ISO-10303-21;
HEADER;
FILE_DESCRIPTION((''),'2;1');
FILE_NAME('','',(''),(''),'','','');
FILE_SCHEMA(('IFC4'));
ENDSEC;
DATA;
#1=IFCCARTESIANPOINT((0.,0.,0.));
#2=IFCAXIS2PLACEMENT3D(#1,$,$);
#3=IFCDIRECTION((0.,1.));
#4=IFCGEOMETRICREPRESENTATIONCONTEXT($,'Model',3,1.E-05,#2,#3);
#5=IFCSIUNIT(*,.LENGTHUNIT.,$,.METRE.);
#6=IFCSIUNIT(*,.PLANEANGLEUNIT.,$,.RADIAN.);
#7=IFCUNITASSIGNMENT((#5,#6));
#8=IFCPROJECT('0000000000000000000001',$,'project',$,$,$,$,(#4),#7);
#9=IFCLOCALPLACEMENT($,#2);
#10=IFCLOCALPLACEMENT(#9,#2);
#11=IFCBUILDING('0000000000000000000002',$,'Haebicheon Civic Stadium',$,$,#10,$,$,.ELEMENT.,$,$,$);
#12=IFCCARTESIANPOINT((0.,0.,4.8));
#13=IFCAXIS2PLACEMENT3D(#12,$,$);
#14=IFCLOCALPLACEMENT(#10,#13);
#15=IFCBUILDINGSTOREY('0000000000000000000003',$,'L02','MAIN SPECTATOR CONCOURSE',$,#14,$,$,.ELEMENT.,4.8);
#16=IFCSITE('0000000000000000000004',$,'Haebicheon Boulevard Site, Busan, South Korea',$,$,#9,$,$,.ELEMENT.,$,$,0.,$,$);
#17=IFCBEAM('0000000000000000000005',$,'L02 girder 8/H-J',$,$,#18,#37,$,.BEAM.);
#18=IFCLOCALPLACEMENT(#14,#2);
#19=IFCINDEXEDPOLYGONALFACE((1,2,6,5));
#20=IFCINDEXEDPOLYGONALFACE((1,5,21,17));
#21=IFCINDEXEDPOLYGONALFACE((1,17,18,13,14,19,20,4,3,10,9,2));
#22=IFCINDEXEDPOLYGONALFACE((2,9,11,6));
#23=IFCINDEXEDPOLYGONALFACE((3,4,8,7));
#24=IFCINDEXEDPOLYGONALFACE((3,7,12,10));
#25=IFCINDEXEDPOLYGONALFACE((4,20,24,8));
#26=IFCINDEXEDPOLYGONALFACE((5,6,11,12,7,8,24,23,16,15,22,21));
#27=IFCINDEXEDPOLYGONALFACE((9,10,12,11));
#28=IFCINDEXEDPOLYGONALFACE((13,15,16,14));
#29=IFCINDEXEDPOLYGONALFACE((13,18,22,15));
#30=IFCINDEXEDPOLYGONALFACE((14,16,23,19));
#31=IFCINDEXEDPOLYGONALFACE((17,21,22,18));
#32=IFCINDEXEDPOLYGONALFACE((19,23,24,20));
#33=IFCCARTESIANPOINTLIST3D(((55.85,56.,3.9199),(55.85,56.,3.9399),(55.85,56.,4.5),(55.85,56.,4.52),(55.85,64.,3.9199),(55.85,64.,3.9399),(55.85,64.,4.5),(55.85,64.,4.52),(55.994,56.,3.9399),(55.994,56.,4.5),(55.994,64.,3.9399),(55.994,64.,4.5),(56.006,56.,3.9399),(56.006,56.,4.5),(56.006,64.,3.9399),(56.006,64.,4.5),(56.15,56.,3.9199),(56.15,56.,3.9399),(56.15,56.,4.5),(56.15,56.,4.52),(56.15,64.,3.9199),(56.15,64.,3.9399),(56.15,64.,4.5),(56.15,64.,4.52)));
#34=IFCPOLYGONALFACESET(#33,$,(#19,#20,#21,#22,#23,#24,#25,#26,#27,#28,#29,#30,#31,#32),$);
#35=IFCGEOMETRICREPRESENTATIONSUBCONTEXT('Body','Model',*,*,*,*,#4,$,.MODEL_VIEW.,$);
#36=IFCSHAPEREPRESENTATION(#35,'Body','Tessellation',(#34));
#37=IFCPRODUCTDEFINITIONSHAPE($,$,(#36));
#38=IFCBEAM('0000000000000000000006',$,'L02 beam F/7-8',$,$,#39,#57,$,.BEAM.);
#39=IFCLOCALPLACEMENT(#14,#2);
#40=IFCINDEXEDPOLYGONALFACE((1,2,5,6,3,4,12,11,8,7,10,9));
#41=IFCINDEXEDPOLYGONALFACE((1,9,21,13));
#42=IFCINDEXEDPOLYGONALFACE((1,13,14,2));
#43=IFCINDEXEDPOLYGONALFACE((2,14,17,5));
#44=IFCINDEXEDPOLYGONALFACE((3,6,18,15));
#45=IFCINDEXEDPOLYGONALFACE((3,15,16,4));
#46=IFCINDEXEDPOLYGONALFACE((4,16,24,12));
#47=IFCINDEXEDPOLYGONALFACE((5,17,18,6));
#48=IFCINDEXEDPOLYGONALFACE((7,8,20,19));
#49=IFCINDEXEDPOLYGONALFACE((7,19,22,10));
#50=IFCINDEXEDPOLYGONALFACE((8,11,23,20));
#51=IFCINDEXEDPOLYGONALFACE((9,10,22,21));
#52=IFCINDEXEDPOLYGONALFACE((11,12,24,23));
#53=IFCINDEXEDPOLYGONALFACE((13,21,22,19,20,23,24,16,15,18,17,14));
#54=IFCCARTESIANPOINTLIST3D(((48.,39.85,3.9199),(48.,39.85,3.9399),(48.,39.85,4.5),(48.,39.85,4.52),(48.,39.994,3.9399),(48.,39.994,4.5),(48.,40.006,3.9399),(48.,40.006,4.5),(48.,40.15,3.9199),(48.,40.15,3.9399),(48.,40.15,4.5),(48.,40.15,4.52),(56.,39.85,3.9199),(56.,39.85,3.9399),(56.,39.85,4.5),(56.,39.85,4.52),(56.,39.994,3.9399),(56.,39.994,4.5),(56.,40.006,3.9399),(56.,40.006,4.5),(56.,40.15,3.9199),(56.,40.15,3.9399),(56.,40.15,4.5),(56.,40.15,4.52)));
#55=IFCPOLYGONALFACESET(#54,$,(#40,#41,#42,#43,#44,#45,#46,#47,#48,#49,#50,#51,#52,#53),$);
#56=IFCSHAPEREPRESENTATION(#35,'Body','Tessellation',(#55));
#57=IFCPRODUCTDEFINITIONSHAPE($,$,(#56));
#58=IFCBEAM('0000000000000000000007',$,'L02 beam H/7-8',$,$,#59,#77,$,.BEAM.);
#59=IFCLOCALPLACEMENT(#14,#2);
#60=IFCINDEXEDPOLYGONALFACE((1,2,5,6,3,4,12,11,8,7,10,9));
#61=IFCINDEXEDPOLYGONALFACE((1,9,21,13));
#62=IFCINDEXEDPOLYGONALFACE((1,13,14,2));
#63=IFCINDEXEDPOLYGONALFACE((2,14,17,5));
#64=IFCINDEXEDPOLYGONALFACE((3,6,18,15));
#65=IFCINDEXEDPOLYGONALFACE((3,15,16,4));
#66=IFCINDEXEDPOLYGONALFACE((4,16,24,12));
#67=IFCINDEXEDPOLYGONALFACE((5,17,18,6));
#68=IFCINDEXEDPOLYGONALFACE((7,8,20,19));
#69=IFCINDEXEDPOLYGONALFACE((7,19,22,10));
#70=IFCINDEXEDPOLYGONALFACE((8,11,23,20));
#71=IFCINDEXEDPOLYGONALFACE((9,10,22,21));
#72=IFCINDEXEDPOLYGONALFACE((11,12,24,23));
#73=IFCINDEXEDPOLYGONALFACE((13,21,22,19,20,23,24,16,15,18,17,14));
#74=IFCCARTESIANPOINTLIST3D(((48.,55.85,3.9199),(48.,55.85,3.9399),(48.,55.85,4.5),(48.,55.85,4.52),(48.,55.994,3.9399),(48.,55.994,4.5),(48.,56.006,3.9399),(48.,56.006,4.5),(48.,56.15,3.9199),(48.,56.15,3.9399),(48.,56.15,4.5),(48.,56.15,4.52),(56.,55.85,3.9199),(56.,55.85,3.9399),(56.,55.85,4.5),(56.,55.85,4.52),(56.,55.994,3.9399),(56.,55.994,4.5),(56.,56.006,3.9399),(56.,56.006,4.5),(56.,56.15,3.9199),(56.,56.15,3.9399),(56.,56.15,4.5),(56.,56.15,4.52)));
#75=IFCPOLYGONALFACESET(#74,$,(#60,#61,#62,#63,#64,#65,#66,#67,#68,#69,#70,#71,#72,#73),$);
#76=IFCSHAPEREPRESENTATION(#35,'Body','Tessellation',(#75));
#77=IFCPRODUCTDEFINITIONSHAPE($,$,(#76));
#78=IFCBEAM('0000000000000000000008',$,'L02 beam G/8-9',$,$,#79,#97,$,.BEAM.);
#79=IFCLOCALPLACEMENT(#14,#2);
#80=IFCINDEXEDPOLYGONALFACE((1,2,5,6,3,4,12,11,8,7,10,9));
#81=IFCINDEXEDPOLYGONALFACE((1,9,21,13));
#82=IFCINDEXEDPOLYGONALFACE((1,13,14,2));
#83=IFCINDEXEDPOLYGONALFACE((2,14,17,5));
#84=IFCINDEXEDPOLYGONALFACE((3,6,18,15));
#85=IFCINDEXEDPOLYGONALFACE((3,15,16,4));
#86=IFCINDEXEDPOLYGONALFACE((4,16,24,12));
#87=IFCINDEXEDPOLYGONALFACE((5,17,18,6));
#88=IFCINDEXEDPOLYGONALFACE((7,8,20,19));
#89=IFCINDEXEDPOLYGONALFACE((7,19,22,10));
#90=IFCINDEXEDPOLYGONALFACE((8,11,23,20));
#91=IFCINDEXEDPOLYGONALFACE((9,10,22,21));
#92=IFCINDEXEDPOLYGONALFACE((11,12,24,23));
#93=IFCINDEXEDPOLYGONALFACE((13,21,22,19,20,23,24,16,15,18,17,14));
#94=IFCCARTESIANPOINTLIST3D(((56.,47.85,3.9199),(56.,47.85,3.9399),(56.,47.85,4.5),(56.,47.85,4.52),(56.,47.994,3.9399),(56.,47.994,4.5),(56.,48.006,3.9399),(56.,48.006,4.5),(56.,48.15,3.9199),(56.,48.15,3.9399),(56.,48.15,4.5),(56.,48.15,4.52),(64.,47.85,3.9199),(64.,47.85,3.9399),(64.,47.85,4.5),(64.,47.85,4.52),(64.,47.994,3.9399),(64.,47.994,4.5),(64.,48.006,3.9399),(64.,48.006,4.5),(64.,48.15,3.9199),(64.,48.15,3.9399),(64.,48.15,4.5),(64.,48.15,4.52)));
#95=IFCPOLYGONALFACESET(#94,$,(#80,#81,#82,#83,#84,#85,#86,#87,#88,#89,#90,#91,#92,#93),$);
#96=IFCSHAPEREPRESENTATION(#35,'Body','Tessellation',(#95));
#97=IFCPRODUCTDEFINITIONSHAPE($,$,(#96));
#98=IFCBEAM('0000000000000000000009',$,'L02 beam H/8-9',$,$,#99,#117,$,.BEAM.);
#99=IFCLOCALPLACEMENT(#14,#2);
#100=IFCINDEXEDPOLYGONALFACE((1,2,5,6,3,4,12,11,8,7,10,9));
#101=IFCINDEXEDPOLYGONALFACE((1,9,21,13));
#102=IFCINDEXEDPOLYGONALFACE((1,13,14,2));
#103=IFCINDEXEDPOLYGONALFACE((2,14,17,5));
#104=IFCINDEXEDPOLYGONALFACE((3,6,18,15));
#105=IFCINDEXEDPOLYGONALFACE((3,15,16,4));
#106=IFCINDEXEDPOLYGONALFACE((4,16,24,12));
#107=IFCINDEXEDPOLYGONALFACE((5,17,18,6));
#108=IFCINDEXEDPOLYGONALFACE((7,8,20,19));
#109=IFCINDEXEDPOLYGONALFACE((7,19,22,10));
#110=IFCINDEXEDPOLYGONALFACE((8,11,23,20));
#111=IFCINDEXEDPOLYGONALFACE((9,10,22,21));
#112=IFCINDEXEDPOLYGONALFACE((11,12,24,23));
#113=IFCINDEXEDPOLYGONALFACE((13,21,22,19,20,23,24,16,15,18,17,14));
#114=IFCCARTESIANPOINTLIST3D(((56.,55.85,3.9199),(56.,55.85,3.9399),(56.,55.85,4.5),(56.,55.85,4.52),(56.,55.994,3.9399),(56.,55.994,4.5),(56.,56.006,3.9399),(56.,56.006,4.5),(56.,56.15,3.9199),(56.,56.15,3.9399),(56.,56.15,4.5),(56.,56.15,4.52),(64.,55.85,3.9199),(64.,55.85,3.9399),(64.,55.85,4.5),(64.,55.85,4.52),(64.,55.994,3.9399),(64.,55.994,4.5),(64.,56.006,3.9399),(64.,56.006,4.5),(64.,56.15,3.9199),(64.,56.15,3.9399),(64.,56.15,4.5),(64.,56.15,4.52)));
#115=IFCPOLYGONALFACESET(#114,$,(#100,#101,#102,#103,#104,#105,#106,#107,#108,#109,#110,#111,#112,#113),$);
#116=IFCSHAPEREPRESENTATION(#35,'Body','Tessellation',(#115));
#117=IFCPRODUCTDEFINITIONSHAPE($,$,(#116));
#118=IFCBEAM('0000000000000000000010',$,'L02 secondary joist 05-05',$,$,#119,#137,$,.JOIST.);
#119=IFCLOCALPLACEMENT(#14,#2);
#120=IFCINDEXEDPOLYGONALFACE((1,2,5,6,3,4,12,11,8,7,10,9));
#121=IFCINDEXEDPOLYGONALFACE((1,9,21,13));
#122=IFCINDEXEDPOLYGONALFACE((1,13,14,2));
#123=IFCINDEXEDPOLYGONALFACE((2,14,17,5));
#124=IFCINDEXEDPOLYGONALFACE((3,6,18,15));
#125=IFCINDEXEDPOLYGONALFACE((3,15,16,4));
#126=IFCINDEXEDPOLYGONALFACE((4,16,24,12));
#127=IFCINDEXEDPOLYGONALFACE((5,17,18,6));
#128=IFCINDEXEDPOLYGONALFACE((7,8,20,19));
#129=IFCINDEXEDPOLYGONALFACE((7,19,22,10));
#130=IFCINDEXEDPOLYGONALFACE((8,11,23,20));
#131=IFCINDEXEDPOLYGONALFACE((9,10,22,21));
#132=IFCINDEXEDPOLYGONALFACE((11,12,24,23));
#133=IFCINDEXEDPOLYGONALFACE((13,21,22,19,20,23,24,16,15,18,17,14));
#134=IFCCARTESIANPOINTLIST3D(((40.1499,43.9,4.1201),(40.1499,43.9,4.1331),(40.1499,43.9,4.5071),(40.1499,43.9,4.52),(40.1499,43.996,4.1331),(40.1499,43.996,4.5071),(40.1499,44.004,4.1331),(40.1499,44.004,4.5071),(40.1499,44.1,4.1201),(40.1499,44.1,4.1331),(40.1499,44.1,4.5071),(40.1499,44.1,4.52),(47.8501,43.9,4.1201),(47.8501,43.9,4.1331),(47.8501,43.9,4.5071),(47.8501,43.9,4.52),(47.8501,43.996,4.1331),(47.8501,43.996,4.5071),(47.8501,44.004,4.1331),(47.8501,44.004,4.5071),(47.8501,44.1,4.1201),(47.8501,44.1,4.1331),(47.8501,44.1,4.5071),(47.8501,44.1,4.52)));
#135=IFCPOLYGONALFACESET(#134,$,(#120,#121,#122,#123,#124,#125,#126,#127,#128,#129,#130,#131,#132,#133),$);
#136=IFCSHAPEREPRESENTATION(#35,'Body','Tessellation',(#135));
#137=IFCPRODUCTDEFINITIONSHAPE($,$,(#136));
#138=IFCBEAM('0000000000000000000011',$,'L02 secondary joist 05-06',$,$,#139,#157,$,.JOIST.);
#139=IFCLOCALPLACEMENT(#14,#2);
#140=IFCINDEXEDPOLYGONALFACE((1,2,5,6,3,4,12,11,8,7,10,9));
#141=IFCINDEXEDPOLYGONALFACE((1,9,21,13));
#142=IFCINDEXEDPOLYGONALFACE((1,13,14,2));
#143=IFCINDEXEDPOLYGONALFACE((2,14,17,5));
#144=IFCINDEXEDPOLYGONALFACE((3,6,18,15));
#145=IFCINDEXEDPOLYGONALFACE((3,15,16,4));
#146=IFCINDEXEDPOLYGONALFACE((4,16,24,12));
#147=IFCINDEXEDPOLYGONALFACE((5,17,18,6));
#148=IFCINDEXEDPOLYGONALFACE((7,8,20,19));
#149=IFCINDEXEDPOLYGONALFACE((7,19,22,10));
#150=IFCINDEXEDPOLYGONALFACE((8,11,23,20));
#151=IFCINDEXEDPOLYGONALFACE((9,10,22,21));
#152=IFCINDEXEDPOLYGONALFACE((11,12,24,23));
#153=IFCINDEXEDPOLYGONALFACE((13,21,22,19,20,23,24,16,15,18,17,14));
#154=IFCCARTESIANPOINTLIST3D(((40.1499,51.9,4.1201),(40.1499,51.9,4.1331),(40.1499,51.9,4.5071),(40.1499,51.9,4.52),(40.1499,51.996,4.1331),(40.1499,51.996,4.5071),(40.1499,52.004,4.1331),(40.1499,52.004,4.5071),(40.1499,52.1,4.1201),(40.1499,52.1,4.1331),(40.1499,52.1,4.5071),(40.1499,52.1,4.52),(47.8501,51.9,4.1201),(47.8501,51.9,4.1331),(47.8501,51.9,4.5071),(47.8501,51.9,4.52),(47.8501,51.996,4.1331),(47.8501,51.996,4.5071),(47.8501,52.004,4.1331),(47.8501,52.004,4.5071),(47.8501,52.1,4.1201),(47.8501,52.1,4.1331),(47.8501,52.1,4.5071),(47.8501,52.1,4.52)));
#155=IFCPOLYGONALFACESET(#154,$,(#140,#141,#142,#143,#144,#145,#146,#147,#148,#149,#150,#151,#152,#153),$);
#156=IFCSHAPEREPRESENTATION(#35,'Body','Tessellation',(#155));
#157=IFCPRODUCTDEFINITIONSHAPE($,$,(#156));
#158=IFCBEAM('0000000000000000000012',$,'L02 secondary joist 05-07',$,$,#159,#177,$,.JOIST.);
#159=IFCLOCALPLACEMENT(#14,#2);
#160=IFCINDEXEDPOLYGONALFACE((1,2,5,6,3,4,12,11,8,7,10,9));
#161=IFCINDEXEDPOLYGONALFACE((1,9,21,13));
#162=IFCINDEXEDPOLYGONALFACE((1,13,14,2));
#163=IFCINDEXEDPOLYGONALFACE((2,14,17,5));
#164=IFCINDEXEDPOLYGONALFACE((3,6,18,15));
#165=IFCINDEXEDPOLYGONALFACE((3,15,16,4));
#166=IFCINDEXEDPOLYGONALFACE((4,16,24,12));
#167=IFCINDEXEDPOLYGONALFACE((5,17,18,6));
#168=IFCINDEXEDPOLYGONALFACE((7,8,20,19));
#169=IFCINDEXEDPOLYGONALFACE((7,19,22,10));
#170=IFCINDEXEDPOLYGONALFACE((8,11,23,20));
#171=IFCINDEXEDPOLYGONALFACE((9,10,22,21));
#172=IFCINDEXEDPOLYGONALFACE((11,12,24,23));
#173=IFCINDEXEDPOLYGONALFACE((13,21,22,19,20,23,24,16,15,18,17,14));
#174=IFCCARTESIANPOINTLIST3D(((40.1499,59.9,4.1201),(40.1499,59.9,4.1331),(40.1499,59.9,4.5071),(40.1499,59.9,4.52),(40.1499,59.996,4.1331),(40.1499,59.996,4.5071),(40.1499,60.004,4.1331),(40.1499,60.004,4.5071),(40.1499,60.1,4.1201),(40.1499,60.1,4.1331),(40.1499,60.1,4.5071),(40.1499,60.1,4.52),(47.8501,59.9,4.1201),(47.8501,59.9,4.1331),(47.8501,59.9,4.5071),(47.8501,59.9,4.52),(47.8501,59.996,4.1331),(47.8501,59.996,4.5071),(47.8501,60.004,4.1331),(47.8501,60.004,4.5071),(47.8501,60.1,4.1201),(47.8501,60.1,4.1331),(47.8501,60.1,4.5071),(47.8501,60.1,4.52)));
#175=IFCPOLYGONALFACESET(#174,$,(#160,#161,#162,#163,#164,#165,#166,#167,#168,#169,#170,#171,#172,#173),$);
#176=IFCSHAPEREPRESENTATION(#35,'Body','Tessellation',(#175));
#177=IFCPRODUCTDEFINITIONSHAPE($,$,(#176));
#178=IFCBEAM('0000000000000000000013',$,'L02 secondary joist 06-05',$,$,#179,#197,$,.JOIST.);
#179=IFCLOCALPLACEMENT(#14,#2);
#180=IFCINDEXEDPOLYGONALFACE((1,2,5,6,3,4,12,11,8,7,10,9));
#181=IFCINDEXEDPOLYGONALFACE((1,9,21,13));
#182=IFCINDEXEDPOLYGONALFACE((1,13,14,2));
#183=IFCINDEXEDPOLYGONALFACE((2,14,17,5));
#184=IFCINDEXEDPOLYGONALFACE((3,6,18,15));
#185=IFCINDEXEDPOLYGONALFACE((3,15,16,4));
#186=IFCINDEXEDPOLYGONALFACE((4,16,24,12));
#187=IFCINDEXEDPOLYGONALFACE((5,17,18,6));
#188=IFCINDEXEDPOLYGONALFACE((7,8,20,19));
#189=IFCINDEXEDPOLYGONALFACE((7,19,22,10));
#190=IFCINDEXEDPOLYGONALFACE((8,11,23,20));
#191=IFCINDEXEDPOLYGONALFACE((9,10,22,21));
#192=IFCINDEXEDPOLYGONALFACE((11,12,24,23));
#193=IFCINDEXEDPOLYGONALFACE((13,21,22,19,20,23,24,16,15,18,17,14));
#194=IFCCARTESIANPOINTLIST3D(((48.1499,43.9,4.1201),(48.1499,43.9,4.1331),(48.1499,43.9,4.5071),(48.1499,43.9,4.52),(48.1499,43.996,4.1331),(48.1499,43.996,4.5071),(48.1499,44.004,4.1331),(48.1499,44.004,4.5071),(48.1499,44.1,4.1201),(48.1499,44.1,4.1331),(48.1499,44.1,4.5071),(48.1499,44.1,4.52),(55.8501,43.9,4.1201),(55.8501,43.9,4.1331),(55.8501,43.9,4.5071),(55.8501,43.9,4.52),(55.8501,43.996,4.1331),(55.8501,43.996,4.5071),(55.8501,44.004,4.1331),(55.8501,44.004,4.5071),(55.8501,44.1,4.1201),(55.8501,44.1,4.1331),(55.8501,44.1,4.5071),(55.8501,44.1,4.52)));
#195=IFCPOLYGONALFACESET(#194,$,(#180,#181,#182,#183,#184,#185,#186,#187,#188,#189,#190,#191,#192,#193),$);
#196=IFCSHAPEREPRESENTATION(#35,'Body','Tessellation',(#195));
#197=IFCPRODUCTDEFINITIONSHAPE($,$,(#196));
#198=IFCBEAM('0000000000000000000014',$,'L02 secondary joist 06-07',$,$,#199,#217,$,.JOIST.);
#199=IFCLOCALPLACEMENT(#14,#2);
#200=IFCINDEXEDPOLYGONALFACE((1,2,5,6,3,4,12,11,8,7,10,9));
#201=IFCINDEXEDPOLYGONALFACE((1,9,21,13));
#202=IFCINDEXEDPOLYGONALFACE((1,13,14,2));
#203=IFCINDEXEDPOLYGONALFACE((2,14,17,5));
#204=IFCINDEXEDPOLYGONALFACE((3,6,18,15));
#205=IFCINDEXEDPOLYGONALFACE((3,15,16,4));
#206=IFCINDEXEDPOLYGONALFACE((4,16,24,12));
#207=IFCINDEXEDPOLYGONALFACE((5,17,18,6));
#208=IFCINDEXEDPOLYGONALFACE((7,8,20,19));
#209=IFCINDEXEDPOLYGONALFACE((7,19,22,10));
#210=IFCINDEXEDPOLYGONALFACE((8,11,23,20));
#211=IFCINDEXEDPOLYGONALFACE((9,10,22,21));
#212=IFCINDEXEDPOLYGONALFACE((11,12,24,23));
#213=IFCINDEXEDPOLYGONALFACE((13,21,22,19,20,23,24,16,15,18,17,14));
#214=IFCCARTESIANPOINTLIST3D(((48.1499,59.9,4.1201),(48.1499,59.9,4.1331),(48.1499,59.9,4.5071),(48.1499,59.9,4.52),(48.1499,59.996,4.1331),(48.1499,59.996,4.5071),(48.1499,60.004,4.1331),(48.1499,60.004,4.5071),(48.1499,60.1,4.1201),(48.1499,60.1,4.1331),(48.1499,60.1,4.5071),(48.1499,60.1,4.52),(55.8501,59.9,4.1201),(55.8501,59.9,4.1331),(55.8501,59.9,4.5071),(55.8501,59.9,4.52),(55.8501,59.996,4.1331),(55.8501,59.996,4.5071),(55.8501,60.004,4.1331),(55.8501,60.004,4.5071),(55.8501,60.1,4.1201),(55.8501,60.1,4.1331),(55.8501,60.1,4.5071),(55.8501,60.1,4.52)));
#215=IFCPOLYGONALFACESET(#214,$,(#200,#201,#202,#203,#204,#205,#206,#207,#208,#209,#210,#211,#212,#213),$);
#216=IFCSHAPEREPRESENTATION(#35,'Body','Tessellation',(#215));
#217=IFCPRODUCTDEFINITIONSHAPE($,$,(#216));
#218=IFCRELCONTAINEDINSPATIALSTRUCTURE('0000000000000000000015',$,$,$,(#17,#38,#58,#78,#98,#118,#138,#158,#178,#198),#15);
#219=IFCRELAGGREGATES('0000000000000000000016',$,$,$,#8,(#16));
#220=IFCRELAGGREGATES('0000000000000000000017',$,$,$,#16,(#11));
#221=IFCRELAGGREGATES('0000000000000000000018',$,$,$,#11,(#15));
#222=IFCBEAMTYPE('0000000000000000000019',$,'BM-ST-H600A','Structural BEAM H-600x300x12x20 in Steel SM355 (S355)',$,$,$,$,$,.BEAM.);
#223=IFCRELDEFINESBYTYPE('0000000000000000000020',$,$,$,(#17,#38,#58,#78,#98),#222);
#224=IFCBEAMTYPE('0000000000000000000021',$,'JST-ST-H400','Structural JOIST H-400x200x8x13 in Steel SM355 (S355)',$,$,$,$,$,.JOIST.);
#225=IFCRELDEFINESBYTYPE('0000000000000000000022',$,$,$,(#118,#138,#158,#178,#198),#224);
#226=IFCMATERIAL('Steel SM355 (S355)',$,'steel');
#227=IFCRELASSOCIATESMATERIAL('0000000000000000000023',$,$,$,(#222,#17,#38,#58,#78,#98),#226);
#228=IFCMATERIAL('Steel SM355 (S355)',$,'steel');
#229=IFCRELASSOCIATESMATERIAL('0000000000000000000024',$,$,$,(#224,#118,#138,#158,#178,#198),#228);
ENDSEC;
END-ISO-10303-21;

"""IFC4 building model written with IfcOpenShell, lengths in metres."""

from ifc_helpers import new_model, si_unit, direction, frame, origin, origin_2d, place, context, subcontext, project, spatial, i_section, extrude, material, material_profile, profile_set, type_object, element, save


model = new_model("IFC4")

# Units and contexts
model_context = context("Model", 3, precision=1e-05, world=origin(), true_north=direction((0.0, 1.0)))
body_context = subcontext(model_context, "Body", "Model", "MODEL_VIEW")
ifc_project = project(units=[si_unit("LENGTHUNIT", "METRE"), si_unit("PLANEANGLEUNIT", "RADIAN")], contexts=[model_context])

# Site, building, storey
site_placement = place(None, origin())
site = spatial("IfcSite", under=ifc_project, at=site_placement, Name="Haebicheon Boulevard Site, Busan, South Korea", CompositionType="ELEMENT", RefElevation=0.0)
building_placement = place(site_placement, origin())
building = spatial("IfcBuilding", under=site, at=building_placement, Name="Haebicheon Civic Stadium", CompositionType="ELEMENT")
storey_placement = place(building_placement, frame((0.0, 0.0, 4.8)))
storey = spatial("IfcBuildingStorey", under=building, at=storey_placement, Name="L02", Description="MAIN SPECTATOR CONCOURSE", CompositionType="ELEMENT", Elevation=4.8)

# Beams
ifc_material_1 = material(Name="Steel SM355 (S355)", Category="steel")
ifc_material_profile_1 = material_profile(ifc_material_1, i_section(OverallWidth=0.3, OverallDepth=0.6001, WebThickness=0.012, FlangeThickness=0.02, at=origin_2d()), Name="H-600x300x12x20")
ifc_profile_set_1 = profile_set([ifc_material_profile_1], Name="Steel SM355 (S355)")
beam_type_1 = type_object("IfcBeamType", Name="BM-ST-H600A", Description="Structural BEAM H-600x300x12x20 in Steel SM355 (S355)", PredefinedType="BEAM", material=ifc_profile_set_1)
for number, where, z_axis, x_axis, name in (
    (1, (56.0, 56.0, 4.22), (0.0, 1.0, 0.0), (-1.0, 0.0, 0.0), "L02 girder 8/H-J"),
    (2, (48.0, 40.0, 4.22), (1.0, 0.0, 0.0), (0.0, 1.0, 0.0), "L02 beam F/7-8"),
    (3, (48.0, 56.0, 4.22), (1.0, 0.0, 0.0), (0.0, 1.0, 0.0), "L02 beam H/7-8"),
    (4, (56.0, 48.0, 4.22), (1.0, 0.0, 0.0), (0.0, 1.0, 0.0), "L02 beam G/8-9"),
    (5, (56.0, 56.0, 4.22), (1.0, 0.0, 0.0), (0.0, 1.0, 0.0), "L02 beam H/8-9"),
):
    element("IfcBeam", number, at=place(storey_placement, frame(where, z_axis=z_axis, x_axis=x_axis)), inside=storey, type_object=beam_type_1, material=ifc_profile_set_1, Name=name, PredefinedType="BEAM", context=body_context, shape_type="SweptSolid", body=[
        extrude(i_section(OverallWidth=0.3, OverallDepth=0.6001, WebThickness=0.012, FlangeThickness=0.02, at=origin_2d()), origin(), (0.0, 0.0, 1.0), 8.0),
    ])
ifc_material_2 = material(Name="Steel SM355 (S355)", Category="steel")
ifc_material_profile_2 = material_profile(ifc_material_2, i_section(OverallWidth=0.2, OverallDepth=0.3999, WebThickness=0.0081, FlangeThickness=0.0129, at=origin_2d()), Name="H-400x200x8x13")
ifc_profile_set_2 = profile_set([ifc_material_profile_2], Name="Steel SM355 (S355)")
beam_type_2 = type_object("IfcBeamType", Name="JST-ST-H400", Description="Structural JOIST H-400x200x8x13 in Steel SM355 (S355)", PredefinedType="JOIST", material=ifc_profile_set_2)
for number, where, z_axis, x_axis, name in (
    (6, (40.1499, 44.0, 4.3201), (1.0, 0.0, 0.0), (0.0, 1.0, 0.0), "L02 secondary joist 05-05"),
    (7, (40.1499, 52.0, 4.3201), (1.0, 0.0, 0.0), (0.0, 1.0, 0.0), "L02 secondary joist 05-06"),
    (8, (40.1499, 60.0, 4.3201), (1.0, 0.0, 0.0), (0.0, 1.0, 0.0), "L02 secondary joist 05-07"),
    (9, (48.1499, 44.0, 4.3201), (1.0, 0.0, 0.0), (0.0, 1.0, 0.0), "L02 secondary joist 06-05"),
    (10, (48.1499, 60.0, 4.3201), (1.0, 0.0, 0.0), (0.0, 1.0, 0.0), "L02 secondary joist 06-07"),
):
    element("IfcBeam", number, at=place(storey_placement, frame(where, z_axis=z_axis, x_axis=x_axis)), inside=storey, type_object=beam_type_2, material=ifc_profile_set_2, Name=name, PredefinedType="JOIST", context=body_context, shape_type="SweptSolid", body=[
        extrude(i_section(OverallWidth=0.2, OverallDepth=0.3999, WebThickness=0.0081, FlangeThickness=0.0129, at=origin_2d()), origin(), (0.0, 0.0, 1.0), 7.7002),
    ])

save(model, "model.ifc")
